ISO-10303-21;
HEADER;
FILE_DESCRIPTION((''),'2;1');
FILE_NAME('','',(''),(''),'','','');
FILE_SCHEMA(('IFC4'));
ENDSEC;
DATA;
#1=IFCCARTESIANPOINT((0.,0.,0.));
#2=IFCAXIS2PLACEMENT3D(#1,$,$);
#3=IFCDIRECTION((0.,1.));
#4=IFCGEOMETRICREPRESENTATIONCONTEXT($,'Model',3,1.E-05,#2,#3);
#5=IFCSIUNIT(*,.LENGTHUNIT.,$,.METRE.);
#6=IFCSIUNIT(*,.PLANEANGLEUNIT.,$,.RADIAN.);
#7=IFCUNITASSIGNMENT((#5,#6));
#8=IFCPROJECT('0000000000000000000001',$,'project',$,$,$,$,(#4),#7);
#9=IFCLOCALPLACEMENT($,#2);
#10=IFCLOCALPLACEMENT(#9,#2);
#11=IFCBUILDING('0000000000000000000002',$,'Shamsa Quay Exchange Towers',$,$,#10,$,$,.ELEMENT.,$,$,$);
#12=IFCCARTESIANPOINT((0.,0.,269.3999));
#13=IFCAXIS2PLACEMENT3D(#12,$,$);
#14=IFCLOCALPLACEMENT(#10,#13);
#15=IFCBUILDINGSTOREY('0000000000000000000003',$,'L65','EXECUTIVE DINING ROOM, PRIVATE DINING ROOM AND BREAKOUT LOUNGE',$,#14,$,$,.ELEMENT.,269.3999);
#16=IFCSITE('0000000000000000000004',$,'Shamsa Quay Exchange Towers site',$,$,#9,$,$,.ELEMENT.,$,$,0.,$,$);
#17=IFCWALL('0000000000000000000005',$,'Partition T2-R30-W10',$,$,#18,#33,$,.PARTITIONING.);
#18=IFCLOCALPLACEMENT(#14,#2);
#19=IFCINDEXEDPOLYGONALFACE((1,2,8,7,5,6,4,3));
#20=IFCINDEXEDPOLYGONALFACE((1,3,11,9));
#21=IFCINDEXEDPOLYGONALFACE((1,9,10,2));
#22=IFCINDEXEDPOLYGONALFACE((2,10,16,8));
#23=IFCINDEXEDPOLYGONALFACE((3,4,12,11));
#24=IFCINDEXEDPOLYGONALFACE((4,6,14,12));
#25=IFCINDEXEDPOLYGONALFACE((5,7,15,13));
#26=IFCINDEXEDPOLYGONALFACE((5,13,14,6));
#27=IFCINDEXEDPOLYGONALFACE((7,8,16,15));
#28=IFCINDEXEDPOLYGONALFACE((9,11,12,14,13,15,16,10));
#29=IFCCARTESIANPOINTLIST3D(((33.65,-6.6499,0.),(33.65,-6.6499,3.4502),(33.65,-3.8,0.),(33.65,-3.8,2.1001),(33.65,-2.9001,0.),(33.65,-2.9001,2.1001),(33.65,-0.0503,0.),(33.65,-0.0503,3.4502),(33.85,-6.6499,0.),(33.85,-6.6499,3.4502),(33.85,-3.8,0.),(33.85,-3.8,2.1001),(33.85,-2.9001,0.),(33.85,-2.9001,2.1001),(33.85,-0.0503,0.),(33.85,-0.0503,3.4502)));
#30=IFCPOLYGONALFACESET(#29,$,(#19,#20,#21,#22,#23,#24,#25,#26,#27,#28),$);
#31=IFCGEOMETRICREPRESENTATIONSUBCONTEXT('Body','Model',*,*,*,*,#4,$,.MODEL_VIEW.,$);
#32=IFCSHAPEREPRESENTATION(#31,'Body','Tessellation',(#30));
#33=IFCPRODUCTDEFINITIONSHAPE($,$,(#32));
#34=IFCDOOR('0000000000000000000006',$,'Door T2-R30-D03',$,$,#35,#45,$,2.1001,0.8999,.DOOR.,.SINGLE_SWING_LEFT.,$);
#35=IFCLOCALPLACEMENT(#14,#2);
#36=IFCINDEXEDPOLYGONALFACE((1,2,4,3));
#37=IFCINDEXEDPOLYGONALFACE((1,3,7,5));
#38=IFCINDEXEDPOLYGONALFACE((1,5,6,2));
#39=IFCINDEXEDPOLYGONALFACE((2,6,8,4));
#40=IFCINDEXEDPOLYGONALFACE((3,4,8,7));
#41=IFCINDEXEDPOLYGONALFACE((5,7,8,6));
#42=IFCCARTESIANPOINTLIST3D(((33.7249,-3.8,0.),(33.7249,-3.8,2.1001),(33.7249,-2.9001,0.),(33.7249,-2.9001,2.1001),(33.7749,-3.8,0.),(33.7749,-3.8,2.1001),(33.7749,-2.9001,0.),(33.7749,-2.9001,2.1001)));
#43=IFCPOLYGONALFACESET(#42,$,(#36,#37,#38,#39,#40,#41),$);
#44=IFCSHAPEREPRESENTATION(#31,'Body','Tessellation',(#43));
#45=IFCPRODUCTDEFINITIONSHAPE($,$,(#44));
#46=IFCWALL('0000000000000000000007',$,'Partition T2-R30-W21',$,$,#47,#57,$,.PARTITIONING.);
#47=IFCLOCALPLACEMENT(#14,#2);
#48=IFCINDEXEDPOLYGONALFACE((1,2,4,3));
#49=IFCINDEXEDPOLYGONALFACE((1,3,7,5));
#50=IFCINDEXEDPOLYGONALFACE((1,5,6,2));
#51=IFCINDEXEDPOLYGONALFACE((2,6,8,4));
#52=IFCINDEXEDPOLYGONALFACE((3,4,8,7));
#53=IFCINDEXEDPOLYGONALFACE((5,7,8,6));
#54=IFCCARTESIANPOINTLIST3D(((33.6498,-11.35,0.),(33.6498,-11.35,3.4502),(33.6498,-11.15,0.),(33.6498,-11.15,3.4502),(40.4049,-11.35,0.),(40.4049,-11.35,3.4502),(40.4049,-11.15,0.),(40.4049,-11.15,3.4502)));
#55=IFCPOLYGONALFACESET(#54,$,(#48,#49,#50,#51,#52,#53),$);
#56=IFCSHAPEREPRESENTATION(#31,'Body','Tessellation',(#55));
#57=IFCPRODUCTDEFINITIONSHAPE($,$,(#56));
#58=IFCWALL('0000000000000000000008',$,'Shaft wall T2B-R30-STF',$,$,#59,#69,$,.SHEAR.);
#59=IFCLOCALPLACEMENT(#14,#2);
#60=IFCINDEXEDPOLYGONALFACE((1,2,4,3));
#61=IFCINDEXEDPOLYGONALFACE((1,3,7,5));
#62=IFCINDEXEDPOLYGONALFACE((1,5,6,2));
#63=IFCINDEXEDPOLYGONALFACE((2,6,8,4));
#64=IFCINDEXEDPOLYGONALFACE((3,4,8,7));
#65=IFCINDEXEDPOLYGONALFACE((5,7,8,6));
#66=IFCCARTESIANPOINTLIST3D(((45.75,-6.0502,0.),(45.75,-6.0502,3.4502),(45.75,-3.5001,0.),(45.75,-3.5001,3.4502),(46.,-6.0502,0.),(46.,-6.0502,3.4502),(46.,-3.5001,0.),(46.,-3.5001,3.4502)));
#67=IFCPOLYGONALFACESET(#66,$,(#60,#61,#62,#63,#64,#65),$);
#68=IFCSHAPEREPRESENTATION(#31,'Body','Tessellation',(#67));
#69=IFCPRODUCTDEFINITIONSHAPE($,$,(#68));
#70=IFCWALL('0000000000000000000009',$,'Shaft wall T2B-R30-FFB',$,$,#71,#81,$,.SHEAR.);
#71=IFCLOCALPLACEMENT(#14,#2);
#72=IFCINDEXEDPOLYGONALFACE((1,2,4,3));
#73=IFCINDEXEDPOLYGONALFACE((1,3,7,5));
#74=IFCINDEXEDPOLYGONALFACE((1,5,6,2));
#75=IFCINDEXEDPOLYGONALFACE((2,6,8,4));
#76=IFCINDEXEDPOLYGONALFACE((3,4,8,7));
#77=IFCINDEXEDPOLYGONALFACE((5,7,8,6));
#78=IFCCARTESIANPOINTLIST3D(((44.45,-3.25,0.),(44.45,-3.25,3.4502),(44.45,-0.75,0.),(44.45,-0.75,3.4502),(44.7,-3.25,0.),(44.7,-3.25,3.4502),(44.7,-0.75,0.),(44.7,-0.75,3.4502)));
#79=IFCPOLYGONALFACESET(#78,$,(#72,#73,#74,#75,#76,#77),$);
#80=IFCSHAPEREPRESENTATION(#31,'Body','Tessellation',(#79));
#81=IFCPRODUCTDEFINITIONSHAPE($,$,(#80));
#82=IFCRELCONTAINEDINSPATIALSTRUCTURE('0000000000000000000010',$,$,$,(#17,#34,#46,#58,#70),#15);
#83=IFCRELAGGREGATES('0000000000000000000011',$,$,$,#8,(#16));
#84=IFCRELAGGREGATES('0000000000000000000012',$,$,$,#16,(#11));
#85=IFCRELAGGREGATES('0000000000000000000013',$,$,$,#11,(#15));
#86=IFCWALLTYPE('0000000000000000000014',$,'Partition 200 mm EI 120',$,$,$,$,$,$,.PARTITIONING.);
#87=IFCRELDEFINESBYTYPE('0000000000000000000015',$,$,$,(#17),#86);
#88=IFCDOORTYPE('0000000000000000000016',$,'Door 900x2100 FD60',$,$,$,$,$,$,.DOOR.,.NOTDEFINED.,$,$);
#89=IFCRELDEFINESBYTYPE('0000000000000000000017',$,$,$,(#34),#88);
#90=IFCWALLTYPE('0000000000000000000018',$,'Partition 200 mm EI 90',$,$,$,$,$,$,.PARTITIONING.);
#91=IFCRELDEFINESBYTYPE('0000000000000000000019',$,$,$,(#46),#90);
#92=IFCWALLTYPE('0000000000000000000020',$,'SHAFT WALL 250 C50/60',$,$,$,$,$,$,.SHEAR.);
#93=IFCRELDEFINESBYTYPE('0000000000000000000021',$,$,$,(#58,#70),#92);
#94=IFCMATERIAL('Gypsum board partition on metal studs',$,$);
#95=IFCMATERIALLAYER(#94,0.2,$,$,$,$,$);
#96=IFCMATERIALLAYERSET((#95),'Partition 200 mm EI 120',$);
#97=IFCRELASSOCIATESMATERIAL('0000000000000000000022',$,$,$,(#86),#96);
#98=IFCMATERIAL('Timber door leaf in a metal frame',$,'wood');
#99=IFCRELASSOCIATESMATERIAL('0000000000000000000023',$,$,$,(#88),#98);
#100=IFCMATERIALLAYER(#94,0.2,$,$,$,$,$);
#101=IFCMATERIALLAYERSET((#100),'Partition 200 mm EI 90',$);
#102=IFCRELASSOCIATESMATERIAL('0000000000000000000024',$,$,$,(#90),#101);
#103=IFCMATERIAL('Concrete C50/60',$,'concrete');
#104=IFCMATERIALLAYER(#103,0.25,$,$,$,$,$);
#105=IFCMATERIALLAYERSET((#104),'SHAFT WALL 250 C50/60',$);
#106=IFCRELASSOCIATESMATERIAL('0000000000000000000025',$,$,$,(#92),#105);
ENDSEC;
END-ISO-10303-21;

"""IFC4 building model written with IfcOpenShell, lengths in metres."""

from ifc_helpers import new_model, si_unit, direction, frame, frame_2d, origin, place, context, subcontext, project, spatial, rectangle, extrude, material, layer, layer_set, type_object, element, fill, save


model = new_model("IFC4")

# Units and contexts
model_context = context("Model", 3, precision=1e-05, world=origin(), true_north=direction((0.0, 1.0)))
body_context = subcontext(model_context, "Body", "Model", "MODEL_VIEW")
ifc_project = project(units=[si_unit("LENGTHUNIT", "METRE"), si_unit("PLANEANGLEUNIT", "RADIAN")], contexts=[model_context])

# Site, building, storey
site_placement = place(None, origin())
site = spatial("IfcSite", under=ifc_project, at=site_placement, Name="Shamsa Quay Exchange Towers site", CompositionType="ELEMENT", RefElevation=0.0)
building_placement = place(site_placement, origin())
building = spatial("IfcBuilding", under=site, at=building_placement, Name="Shamsa Quay Exchange Towers", CompositionType="ELEMENT")
storey_placement = place(building_placement, frame((0.0, 0.0, 269.3999)))
storey = spatial("IfcBuildingStorey", under=building, at=storey_placement, Name="L65", Description="EXECUTIVE DINING ROOM, PRIVATE DINING ROOM AND BREAKOUT LOUNGE", CompositionType="ELEMENT", Elevation=269.3999)

# Wall, opening, door
ifc_material_1 = material(Name="Gypsum board partition on metal studs")
ifc_material_2 = material(Name="Timber door leaf in a metal frame", Category="wood")
ifc_layer_1 = layer(ifc_material_1, 0.2)
ifc_layer_set_1 = layer_set([ifc_layer_1], Name="Partition 200 mm EI 120")
wall_type_1 = type_object("IfcWallType", Name="Partition 200 mm EI 120", PredefinedType="PARTITIONING", material=ifc_layer_set_1)
wall_1_placement = place(storey_placement, frame((33.75, -0.0503, 0.0), z_axis=(0.0, 0.0, 1.0), x_axis=(0.0, -1.0, 0.0)))
wall_1 = element("IfcWall", 1, at=wall_1_placement, inside=storey, type_object=wall_type_1, Name="Partition T2-R30-W10", PredefinedType="PARTITIONING", context=body_context, shape_type="SweptSolid", body=[
    extrude(rectangle(XDim=6.5996, YDim=0.2, at=frame_2d((3.2998, 0.0))), origin(), (0.0, 0.0, 1.0), 3.4502),
])
opening_1_placement = place(wall_1_placement, frame((2.8499, 0.0, 0.0)))
opening_1 = element("IfcOpeningElement", 2, at=opening_1_placement, cuts=wall_1, PredefinedType="OPENING", context=body_context, shape_type="SweptSolid", body=[
    extrude(rectangle(XDim=0.8999, YDim=2.1001, at=frame_2d((0.45, 1.05))), frame((0.0, 0.1099, 0.0), z_axis=(0.0, -1.0, 0.0), x_axis=(1.0, 0.0, 0.0)), (0.0, 0.0, 1.0), 0.22),
])
door_type_1 = type_object("IfcDoorType", Name="Door 900x2100 FD60", OperationType="NOTDEFINED", PredefinedType="DOOR", material=ifc_material_2)
door_1_placement = place(opening_1_placement, origin())
door_1 = element("IfcDoor", 3, at=door_1_placement, inside=storey, type_object=door_type_1, Name="Door T2-R30-D03", OperationType="SINGLE_SWING_LEFT", OverallHeight=2.1001, OverallWidth=0.8999, PredefinedType="DOOR", context=body_context, shape_type="SweptSolid", body=[
    extrude(rectangle(XDim=0.8999, YDim=2.1001, at=frame_2d((0.45, 1.05))), frame((0.0, 0.0249, 0.0), z_axis=(0.0, -1.0, 0.0), x_axis=(1.0, 0.0, 0.0)), (0.0, 0.0, 1.0), 0.05),
])
fill(opening_1, door_1)
ifc_layer_2 = layer(ifc_material_1, 0.2)
ifc_layer_set_2 = layer_set([ifc_layer_2], Name="Partition 200 mm EI 90")
wall_type_2 = type_object("IfcWallType", Name="Partition 200 mm EI 90", PredefinedType="PARTITIONING", material=ifc_layer_set_2)

# Walls
wall_2_placement = place(storey_placement, frame((33.6499, -11.25, 0.0)))
element("IfcWall", 4, at=wall_2_placement, inside=storey, type_object=wall_type_2, Name="Partition T2-R30-W21", PredefinedType="PARTITIONING", context=body_context, shape_type="SweptSolid", body=[
    extrude(rectangle(XDim=6.7551, YDim=0.2, at=frame_2d((3.3774, 0.0))), origin(), (0.0, 0.0, 1.0), 3.4502),
])
ifc_material_3 = material(Name="Concrete C50/60", Category="concrete")
ifc_layer_3 = layer(ifc_material_3, 0.25)
ifc_layer_set_3 = layer_set([ifc_layer_3], Name="SHAFT WALL 250 C50/60")
wall_type_3 = type_object("IfcWallType", Name="SHAFT WALL 250 C50/60", PredefinedType="SHEAR", material=ifc_layer_set_3)
wall_3_placement = place(storey_placement, frame((45.875, -6.05, 0.0), z_axis=(0.0, 0.0, 1.0), x_axis=(0.0, 1.0, 0.0)))
element("IfcWall", 5, at=wall_3_placement, inside=storey, type_object=wall_type_3, Name="Shaft wall T2B-R30-STF", PredefinedType="SHEAR", context=body_context, shape_type="SweptSolid", body=[
    extrude(rectangle(XDim=2.55, YDim=0.25, at=frame_2d((1.2749, 0.0))), origin(), (0.0, 0.0, 1.0), 3.4502),
])
wall_4_placement = place(storey_placement, frame((44.575, -3.25, 0.0), z_axis=(0.0, 0.0, 1.0), x_axis=(0.0, 1.0, 0.0)))
element("IfcWall", 6, at=wall_4_placement, inside=storey, type_object=wall_type_3, Name="Shaft wall T2B-R30-FFB", PredefinedType="SHEAR", context=body_context, shape_type="SweptSolid", body=[
    extrude(rectangle(XDim=2.5, YDim=0.25, at=frame_2d((1.25, 0.0))), origin(), (0.0, 0.0, 1.0), 3.4502),
])

save(model, "model.ifc")
